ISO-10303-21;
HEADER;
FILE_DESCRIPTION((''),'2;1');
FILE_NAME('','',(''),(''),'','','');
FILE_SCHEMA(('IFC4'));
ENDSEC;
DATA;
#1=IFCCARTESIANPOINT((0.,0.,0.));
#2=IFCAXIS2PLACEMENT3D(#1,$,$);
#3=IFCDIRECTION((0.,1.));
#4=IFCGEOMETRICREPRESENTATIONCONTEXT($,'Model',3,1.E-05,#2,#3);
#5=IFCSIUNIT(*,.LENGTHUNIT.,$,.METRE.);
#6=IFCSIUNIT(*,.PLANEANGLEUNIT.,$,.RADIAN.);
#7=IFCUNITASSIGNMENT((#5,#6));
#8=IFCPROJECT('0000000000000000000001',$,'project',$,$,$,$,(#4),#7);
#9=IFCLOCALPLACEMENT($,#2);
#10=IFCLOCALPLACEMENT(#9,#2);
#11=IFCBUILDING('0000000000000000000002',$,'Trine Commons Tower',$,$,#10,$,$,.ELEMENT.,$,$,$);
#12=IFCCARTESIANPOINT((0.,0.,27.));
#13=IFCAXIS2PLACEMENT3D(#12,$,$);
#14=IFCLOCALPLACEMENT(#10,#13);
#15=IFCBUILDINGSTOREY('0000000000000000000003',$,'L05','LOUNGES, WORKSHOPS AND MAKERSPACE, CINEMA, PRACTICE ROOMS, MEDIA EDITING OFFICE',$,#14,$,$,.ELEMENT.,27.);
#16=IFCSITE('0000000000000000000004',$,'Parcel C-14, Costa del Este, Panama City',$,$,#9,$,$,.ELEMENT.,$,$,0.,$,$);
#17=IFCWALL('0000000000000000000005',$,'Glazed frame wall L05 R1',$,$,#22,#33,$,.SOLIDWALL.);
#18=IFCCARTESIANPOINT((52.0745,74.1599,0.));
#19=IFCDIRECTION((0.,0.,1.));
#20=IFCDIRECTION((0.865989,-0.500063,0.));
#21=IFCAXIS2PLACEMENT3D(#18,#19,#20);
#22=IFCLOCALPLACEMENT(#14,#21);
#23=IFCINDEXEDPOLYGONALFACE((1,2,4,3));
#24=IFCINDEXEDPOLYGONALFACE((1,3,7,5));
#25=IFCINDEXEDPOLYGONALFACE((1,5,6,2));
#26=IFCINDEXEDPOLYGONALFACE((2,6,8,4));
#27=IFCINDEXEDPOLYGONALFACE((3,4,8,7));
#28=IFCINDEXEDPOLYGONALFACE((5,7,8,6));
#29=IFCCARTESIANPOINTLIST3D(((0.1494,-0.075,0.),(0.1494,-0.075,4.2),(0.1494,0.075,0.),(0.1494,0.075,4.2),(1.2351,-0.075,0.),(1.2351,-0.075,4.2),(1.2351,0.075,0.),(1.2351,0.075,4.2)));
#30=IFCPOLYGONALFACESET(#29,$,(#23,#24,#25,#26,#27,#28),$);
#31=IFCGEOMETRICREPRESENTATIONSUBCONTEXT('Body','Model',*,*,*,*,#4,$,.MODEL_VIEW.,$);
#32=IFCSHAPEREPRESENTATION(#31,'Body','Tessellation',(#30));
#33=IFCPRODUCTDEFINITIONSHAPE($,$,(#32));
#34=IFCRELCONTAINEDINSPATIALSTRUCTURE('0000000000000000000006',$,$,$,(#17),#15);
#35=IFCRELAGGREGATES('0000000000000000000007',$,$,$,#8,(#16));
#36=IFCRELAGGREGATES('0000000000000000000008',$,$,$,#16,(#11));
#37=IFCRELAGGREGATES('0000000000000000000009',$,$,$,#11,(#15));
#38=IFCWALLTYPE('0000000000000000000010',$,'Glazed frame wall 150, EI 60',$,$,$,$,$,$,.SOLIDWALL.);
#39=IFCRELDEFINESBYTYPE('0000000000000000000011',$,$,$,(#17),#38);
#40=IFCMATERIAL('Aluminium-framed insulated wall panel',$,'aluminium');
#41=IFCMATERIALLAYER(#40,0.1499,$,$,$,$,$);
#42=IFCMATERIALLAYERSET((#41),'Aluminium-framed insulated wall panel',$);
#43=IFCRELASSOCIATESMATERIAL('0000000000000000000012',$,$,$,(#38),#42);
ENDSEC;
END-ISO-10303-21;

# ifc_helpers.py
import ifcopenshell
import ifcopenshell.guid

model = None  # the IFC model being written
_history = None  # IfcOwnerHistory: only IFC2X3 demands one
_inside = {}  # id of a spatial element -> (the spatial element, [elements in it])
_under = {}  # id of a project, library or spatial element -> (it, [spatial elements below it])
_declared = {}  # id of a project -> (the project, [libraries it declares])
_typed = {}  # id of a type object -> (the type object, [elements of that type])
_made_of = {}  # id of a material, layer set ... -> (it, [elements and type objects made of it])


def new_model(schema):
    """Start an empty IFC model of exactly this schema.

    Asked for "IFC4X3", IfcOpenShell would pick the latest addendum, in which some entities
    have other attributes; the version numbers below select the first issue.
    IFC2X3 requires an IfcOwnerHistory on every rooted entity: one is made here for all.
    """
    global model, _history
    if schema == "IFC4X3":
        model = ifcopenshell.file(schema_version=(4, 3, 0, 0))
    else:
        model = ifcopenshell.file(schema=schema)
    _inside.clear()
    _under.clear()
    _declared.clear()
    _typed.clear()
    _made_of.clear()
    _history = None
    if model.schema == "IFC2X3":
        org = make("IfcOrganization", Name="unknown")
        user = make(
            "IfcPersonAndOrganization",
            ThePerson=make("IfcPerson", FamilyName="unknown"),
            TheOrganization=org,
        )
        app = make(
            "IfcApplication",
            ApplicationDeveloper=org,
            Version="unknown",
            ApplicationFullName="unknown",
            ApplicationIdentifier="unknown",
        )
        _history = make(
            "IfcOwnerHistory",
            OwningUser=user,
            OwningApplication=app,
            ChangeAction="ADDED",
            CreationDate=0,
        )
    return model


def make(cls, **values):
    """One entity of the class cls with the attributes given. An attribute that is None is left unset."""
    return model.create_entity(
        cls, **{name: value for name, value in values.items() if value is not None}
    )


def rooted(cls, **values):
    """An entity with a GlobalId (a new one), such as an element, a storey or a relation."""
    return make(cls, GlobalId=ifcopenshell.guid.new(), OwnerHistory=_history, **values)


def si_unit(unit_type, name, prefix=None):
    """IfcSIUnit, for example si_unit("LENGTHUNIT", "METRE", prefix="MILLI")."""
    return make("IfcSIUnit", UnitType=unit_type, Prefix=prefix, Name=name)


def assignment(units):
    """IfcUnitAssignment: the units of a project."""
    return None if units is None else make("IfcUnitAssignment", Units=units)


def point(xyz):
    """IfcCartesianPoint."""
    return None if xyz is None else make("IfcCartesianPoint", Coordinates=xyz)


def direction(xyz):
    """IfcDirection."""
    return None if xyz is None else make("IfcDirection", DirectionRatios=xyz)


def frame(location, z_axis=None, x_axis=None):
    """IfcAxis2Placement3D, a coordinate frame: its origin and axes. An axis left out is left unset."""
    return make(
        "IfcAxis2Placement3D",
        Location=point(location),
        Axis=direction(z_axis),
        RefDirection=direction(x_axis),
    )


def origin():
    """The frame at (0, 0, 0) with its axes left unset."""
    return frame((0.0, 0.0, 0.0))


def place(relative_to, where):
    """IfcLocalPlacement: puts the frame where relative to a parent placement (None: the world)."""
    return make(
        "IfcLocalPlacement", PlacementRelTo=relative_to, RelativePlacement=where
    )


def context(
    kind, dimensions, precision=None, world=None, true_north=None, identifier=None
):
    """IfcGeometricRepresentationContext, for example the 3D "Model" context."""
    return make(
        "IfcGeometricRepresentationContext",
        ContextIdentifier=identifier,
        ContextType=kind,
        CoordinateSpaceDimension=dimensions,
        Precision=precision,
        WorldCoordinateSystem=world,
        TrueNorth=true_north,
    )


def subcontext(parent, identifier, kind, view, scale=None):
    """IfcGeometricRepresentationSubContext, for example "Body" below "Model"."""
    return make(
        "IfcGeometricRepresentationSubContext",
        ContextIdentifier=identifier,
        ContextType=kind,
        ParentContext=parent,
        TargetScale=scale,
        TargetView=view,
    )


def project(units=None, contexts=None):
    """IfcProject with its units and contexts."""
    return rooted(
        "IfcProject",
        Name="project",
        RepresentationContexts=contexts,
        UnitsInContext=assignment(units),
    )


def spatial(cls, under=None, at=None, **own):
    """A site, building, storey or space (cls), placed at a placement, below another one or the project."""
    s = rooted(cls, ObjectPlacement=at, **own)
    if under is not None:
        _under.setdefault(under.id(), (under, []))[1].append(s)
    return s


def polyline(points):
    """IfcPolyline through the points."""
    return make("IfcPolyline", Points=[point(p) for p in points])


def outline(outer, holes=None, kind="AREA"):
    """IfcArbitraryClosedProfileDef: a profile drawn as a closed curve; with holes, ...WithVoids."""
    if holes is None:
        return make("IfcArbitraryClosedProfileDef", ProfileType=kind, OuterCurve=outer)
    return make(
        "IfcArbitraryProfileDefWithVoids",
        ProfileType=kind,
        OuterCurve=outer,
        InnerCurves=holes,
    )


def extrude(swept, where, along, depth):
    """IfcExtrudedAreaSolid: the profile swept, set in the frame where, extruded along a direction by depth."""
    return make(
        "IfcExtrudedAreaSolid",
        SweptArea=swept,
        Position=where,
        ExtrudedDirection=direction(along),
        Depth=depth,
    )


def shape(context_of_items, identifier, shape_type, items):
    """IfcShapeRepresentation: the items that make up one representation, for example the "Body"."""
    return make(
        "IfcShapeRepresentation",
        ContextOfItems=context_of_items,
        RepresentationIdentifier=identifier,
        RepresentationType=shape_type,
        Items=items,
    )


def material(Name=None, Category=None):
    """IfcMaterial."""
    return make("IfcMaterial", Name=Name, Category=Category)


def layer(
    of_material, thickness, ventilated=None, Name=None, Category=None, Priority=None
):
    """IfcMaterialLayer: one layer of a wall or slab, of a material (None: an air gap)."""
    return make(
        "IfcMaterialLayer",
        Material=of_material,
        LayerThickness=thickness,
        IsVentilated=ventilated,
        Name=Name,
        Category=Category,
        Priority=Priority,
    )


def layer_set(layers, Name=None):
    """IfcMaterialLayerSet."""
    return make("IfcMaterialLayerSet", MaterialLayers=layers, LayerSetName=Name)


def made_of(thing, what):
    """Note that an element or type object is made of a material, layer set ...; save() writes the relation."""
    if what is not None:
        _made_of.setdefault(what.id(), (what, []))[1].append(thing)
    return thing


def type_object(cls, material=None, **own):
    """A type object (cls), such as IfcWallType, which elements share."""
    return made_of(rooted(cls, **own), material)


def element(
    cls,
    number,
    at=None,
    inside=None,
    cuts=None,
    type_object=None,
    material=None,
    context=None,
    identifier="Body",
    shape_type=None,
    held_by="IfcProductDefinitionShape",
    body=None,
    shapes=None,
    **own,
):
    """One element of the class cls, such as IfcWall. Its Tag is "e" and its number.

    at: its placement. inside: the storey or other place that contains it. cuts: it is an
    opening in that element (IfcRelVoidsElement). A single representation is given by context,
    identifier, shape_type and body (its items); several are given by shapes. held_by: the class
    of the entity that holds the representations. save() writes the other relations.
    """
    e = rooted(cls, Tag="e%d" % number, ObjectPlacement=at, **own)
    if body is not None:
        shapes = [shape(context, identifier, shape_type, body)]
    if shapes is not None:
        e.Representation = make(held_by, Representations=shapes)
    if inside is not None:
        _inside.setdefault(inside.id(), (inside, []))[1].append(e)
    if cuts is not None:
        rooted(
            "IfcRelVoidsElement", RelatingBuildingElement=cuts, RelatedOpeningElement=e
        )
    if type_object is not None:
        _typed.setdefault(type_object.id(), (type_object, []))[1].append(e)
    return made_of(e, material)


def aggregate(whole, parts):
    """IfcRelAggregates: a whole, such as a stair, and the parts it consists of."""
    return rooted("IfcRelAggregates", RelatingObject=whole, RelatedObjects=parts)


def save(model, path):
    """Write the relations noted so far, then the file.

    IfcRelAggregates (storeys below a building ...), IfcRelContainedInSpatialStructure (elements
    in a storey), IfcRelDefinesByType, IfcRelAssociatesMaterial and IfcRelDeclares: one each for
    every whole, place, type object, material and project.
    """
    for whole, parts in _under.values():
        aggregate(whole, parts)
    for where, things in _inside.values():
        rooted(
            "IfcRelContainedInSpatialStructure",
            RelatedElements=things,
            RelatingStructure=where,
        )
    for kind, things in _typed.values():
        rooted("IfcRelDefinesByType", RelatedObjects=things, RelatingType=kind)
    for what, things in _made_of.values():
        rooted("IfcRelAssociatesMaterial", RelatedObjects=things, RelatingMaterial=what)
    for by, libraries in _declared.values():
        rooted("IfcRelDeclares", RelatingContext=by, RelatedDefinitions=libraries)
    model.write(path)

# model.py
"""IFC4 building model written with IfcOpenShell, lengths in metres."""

from ifc_helpers import new_model, si_unit, direction, frame, origin, place, context, subcontext, project, spatial, polyline, outline, extrude, material, layer, layer_set, type_object, element, save


model = new_model("IFC4")

# Units and contexts
model_context = context("Model", 3, precision=1e-05, world=origin(), true_north=direction((0.0, 1.0)))
body_context = subcontext(model_context, "Body", "Model", "MODEL_VIEW")
ifc_project = project(units=[si_unit("LENGTHUNIT", "METRE"), si_unit("PLANEANGLEUNIT", "RADIAN")], contexts=[model_context])

# Site, building, storey
site_placement = place(None, origin())
site = spatial("IfcSite", under=ifc_project, at=site_placement, Name="Parcel C-14, Costa del Este, Panama City", CompositionType="ELEMENT", RefElevation=0.0)
building_placement = place(site_placement, origin())
building = spatial("IfcBuilding", under=site, at=building_placement, Name="Trine Commons Tower", CompositionType="ELEMENT")
storey_placement = place(building_placement, frame((0.0, 0.0, 27.0)))
storey = spatial("IfcBuildingStorey", under=building, at=storey_placement, Name="L05", Description="LOUNGES, WORKSHOPS AND MAKERSPACE, CINEMA, PRACTICE ROOMS, MEDIA EDITING OFFICE", CompositionType="ELEMENT", Elevation=27.0)

# Wall
ifc_material_1 = material(Name="Aluminium-framed insulated wall panel", Category="aluminium")
ifc_layer_1 = layer(ifc_material_1, 0.1499)
ifc_layer_set_1 = layer_set([ifc_layer_1], Name="Aluminium-framed insulated wall panel")
wall_type_1 = type_object("IfcWallType", Name="Glazed frame wall 150, EI 60", PredefinedType="SOLIDWALL", material=ifc_layer_set_1)
wall_1_placement = place(storey_placement, frame((52.0745, 74.1599, 0.0), z_axis=(0.0, 0.0, 1.0), x_axis=(0.865989, -0.500063, 0.0)))
element("IfcWall", 1, at=wall_1_placement, inside=storey, type_object=wall_type_1, Name="Glazed frame wall L05 R1", PredefinedType="SOLIDWALL", context=body_context, shape_type="SweptSolid", body=[
    extrude(outline(polyline([(0.1494, 0.075), (0.1494, -0.075), (1.2351, -0.075), (1.2351, 0.075), (0.1494, 0.075)])), origin(), (0.0, 0.0, 1.0), 4.2),
])

save(model, "model.ifc")
